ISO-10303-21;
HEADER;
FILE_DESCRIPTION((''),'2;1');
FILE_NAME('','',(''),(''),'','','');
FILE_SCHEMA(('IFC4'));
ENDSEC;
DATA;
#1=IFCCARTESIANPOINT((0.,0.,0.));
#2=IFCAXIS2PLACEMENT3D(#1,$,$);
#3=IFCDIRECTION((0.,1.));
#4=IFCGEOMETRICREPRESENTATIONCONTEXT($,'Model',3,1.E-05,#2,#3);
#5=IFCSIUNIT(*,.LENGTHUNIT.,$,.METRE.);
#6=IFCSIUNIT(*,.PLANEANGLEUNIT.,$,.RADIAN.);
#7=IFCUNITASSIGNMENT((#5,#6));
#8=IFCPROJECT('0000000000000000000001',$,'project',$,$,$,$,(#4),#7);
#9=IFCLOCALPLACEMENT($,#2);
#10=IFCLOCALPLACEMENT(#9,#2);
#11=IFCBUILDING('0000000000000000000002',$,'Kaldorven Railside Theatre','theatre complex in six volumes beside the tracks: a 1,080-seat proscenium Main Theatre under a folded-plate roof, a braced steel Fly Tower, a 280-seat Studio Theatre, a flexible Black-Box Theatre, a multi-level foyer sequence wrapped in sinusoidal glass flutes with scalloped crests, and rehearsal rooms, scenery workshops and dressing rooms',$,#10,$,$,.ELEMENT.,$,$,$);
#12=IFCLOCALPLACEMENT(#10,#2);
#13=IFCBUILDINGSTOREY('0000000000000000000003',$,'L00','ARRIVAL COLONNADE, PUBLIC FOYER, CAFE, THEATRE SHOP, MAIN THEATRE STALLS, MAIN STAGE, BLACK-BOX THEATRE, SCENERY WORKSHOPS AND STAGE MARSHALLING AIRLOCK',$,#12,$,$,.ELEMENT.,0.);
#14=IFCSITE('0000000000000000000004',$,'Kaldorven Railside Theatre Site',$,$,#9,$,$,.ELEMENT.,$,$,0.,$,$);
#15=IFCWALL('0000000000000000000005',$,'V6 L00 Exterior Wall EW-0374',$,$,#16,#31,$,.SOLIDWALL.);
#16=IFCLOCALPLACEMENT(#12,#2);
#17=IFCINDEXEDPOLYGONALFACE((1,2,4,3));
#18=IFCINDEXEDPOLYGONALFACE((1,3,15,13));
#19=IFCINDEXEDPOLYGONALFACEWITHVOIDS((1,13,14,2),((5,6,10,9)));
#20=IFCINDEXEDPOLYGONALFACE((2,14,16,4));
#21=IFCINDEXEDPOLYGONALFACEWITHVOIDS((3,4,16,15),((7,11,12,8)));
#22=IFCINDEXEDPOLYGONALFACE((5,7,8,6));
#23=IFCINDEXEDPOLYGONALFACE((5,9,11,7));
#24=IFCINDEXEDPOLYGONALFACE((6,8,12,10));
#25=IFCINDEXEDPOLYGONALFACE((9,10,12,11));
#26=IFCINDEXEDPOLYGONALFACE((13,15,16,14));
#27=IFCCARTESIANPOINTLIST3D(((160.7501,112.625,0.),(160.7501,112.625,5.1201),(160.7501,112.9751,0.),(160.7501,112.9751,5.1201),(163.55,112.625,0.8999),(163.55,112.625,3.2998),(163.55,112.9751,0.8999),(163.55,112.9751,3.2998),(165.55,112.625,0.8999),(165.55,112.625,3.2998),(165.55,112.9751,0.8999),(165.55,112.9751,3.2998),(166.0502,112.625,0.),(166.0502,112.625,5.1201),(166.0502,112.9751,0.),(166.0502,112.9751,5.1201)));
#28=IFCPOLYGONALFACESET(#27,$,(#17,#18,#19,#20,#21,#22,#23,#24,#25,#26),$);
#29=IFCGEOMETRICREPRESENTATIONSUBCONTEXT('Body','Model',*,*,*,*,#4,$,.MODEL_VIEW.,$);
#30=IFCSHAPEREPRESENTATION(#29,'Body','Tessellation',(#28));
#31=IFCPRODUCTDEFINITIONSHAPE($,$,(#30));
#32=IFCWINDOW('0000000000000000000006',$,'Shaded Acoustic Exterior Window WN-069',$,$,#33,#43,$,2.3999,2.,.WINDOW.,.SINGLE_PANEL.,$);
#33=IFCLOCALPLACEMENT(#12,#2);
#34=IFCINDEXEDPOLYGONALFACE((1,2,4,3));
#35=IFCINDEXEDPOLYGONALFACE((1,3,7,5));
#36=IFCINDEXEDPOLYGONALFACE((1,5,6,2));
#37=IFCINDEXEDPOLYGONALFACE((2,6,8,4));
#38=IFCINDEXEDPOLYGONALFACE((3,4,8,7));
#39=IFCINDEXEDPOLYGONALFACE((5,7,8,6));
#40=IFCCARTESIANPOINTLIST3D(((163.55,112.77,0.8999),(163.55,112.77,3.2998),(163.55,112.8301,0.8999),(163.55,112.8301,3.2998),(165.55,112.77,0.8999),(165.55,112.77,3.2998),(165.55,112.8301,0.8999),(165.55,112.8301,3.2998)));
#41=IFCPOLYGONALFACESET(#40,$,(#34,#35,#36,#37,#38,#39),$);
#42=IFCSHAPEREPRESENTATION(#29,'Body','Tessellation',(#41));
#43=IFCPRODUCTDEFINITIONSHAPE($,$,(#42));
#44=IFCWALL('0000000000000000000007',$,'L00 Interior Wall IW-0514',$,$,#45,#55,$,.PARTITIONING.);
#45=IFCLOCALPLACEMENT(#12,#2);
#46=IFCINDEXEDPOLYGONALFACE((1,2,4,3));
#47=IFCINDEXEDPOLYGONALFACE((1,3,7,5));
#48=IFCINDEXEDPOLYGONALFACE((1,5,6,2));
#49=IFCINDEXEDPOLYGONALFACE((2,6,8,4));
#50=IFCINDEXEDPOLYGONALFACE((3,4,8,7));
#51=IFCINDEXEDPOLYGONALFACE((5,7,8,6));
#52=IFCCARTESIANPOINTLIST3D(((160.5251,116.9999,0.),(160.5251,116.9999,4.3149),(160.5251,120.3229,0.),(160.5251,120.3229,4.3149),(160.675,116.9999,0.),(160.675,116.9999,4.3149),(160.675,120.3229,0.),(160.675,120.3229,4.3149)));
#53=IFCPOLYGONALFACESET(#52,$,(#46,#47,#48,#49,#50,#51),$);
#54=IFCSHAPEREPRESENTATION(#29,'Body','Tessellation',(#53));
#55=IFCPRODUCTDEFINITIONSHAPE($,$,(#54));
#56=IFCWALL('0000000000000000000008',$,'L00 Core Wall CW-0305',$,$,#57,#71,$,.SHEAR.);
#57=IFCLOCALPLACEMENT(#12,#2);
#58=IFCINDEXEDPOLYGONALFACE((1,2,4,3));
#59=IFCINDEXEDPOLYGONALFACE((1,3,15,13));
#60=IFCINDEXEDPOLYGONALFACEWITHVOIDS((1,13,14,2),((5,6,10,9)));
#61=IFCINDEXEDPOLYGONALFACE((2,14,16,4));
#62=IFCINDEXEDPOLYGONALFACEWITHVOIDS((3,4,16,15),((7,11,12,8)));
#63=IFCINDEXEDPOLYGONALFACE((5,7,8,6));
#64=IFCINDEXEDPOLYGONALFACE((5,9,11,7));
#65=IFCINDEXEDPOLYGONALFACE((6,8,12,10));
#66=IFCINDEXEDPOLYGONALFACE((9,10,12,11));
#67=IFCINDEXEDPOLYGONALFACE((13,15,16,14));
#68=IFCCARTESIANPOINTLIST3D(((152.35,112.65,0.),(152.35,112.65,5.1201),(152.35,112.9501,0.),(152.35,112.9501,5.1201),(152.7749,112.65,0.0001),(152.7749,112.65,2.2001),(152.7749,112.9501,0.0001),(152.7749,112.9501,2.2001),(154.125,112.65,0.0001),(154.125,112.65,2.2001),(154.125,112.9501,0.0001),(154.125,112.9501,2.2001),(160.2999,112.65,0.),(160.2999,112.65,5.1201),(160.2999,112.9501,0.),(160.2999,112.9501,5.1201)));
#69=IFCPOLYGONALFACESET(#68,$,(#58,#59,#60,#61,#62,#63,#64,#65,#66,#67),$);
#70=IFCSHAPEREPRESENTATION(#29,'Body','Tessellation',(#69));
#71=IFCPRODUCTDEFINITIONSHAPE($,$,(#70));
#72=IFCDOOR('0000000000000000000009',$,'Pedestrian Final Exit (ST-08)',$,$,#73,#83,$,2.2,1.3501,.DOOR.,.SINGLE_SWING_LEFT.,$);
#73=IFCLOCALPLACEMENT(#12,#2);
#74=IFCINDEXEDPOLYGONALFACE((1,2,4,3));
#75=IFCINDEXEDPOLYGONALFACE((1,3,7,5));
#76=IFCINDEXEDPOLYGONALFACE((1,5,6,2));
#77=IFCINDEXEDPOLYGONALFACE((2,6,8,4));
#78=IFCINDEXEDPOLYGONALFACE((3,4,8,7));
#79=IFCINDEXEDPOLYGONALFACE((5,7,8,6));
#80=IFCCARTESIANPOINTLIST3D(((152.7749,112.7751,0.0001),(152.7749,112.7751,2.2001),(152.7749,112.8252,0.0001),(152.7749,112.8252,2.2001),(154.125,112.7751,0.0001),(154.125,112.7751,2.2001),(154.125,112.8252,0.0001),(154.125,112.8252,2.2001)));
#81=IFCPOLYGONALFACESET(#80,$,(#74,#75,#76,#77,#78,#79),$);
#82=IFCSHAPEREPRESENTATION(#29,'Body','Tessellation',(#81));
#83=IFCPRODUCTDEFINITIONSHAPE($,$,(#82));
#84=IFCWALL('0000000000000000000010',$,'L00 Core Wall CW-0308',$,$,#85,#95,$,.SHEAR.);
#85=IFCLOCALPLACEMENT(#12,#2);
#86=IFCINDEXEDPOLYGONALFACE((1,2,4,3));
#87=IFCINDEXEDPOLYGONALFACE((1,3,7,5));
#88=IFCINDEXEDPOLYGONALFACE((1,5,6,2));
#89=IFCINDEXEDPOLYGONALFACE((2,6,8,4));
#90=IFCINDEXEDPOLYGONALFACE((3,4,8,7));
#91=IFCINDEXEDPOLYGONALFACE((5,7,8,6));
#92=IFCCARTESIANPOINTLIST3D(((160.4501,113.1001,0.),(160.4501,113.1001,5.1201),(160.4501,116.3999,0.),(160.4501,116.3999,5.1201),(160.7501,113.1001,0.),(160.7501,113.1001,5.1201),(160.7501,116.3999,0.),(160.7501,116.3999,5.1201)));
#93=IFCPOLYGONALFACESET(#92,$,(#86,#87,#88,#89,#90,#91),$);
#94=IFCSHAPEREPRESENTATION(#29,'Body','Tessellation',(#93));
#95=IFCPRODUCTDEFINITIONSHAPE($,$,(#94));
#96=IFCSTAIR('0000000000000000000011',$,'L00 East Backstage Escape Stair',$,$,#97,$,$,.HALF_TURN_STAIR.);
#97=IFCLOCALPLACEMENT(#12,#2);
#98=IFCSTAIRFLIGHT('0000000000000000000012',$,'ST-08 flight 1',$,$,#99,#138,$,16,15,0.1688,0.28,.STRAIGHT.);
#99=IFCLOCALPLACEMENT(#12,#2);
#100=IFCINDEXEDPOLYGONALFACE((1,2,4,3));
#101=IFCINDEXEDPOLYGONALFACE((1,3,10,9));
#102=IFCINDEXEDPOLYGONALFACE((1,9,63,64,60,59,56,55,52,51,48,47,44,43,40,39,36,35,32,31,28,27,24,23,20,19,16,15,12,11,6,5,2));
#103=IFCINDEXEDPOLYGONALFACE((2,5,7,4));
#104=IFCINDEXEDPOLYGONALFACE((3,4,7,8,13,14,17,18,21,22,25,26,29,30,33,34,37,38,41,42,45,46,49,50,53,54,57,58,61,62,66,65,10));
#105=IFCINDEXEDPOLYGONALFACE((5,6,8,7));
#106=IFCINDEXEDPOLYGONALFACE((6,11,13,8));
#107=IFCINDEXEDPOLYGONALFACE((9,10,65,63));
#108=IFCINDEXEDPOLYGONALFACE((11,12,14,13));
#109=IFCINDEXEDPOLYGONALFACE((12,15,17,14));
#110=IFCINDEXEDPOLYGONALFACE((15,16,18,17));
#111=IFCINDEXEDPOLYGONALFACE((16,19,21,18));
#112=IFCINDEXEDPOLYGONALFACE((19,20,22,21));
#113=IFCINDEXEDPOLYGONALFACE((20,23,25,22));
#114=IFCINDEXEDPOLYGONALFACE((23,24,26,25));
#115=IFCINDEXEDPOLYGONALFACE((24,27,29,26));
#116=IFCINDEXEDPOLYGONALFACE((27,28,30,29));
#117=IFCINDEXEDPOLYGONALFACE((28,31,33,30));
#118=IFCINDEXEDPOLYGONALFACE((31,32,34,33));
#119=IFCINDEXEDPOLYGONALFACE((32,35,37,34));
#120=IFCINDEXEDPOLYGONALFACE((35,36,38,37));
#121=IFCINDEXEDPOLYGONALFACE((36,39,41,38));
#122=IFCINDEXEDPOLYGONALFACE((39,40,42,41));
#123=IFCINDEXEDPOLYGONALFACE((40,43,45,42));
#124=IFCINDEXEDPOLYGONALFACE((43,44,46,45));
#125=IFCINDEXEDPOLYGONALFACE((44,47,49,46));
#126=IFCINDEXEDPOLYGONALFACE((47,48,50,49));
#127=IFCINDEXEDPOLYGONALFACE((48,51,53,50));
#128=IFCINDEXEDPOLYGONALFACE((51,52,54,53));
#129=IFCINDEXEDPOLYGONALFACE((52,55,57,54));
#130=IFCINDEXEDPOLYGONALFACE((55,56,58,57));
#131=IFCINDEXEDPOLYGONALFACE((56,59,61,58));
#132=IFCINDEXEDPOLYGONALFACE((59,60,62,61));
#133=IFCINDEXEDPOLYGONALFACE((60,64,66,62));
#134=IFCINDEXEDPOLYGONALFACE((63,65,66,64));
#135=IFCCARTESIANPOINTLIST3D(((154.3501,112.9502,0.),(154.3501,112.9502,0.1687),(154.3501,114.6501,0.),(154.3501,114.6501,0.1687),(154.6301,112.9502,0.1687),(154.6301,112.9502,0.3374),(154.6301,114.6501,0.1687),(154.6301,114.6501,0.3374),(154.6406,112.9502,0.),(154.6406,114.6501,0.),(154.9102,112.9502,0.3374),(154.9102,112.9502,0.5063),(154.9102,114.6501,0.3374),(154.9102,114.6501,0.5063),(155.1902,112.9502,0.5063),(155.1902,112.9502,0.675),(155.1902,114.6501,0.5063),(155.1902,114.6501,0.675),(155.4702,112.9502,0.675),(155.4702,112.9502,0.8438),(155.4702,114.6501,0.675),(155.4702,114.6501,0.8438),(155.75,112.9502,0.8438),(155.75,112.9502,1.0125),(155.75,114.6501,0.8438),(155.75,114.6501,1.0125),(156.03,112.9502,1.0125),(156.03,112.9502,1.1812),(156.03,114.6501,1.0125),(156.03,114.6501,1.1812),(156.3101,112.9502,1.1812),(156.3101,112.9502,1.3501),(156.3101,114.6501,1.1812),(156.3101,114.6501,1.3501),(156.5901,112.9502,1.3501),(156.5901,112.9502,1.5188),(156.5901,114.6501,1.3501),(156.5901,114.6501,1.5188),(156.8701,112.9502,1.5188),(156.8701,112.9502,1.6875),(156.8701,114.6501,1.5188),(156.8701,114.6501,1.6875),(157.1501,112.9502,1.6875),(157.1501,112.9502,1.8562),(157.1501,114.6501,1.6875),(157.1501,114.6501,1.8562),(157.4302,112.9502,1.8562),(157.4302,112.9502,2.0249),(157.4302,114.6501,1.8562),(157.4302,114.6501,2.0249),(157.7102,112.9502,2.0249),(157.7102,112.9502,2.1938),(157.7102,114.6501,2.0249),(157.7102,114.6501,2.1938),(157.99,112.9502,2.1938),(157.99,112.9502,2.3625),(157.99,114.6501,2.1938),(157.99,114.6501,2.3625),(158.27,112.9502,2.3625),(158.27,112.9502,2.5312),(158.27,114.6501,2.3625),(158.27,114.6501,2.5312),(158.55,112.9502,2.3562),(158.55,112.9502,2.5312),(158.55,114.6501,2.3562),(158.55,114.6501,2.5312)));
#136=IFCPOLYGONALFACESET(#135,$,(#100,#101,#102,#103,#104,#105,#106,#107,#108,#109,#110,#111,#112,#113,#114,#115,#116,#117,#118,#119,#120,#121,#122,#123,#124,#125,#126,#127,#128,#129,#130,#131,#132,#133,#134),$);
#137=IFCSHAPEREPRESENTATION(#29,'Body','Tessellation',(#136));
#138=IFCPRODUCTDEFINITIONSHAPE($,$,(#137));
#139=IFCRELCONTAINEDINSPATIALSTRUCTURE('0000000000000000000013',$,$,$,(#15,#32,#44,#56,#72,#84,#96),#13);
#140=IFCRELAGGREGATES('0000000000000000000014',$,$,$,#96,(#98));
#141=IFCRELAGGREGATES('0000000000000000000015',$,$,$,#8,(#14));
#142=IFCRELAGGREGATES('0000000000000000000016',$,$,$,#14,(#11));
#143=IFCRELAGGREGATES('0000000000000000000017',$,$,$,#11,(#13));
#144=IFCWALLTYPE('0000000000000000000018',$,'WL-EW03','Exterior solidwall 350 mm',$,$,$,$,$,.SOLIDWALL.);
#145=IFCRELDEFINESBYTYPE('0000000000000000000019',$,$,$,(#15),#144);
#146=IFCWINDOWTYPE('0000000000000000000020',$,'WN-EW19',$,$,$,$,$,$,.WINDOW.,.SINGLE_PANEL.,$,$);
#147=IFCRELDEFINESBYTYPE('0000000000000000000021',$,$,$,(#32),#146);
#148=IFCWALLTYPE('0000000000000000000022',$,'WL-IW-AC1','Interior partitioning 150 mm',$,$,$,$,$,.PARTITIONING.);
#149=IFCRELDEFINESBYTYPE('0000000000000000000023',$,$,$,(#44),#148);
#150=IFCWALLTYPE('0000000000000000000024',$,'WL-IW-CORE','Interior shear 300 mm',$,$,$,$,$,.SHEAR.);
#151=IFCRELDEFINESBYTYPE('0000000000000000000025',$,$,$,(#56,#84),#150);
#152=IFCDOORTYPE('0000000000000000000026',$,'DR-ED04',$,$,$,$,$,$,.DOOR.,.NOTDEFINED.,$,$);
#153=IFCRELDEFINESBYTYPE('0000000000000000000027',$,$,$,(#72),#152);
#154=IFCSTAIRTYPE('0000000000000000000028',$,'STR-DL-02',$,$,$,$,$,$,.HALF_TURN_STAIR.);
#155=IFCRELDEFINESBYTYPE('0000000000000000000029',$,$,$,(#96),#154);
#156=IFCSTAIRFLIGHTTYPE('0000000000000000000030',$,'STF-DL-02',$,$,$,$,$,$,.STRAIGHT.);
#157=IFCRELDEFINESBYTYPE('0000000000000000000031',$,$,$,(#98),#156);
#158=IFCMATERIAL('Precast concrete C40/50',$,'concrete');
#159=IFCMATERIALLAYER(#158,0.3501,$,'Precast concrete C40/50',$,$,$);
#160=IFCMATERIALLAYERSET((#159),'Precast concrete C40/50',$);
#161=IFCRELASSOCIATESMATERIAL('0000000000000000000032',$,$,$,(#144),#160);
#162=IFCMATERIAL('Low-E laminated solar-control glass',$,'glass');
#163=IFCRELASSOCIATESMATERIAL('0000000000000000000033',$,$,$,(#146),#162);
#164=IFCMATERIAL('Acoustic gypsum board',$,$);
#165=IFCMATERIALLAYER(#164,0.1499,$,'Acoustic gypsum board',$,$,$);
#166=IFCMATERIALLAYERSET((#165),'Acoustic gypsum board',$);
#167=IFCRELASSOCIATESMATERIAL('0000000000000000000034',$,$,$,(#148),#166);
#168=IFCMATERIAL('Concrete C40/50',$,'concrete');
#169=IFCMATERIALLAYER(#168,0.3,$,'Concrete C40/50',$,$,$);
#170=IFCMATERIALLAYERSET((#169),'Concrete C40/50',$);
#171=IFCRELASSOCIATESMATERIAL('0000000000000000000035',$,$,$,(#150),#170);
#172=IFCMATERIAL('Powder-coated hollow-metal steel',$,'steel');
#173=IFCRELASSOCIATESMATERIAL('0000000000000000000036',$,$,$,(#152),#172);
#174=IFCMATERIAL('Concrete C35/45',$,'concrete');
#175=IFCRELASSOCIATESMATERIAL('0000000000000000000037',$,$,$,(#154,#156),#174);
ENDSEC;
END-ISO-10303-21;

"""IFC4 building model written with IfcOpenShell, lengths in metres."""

from ifc_helpers import new_model, si_unit, direction, frame, frame_2d, origin, place, context, subcontext, project, spatial, polyline, rectangle, outline, extrude, material, layer, layer_set, type_object, element, fill, aggregate, save


model = new_model("IFC4")

# Units and contexts
model_context = context("Model", 3, precision=1e-05, world=origin(), true_north=direction((0.0, 1.0)))
body_context = subcontext(model_context, "Body", "Model", "MODEL_VIEW")
ifc_project = project(units=[si_unit("LENGTHUNIT", "METRE"), si_unit("PLANEANGLEUNIT", "RADIAN")], contexts=[model_context])

# Site, building, storey
site_placement = place(None, origin())
site = spatial("IfcSite", under=ifc_project, at=site_placement, Name="Kaldorven Railside Theatre Site", CompositionType="ELEMENT", RefElevation=0.0)
building_placement = place(site_placement, origin())
building = spatial("IfcBuilding", under=site, at=building_placement, Name="Kaldorven Railside Theatre", Description="theatre complex in six volumes beside the tracks: a 1,080-seat proscenium Main Theatre under a folded-plate roof, a braced steel Fly Tower, a 280-seat Studio Theatre, a flexible Black-Box Theatre, a multi-level foyer sequence wrapped in sinusoidal glass flutes with scalloped crests, and rehearsal rooms, scenery workshops and dressing rooms", CompositionType="ELEMENT")
storey_placement = place(building_placement, origin())
storey = spatial("IfcBuildingStorey", under=building, at=storey_placement, Name="L00", Description="ARRIVAL COLONNADE, PUBLIC FOYER, CAFE, THEATRE SHOP, MAIN THEATRE STALLS, MAIN STAGE, BLACK-BOX THEATRE, SCENERY WORKSHOPS AND STAGE MARSHALLING AIRLOCK", CompositionType="ELEMENT", Elevation=0.0)

# Shared definitions
ifc_material_1 = material(Name="Concrete C40/50", Category="concrete")

# Wall, opening, window
ifc_material_2 = material(Name="Precast concrete C40/50", Category="concrete")
ifc_layer_1 = layer(ifc_material_2, 0.3501, Name="Precast concrete C40/50")
ifc_layer_set_1 = layer_set([ifc_layer_1], Name="Precast concrete C40/50")
wall_type_1 = type_object("IfcWallType", Name="WL-EW03", Description="Exterior solidwall 350 mm", PredefinedType="SOLIDWALL", material=ifc_layer_set_1)
wall_1_placement = place(storey_placement, frame((166.05, 112.8, 0.0), z_axis=(0.0, 0.0, 1.0), x_axis=(-1.0, 0.0, 0.0)))
wall_1 = element("IfcWall", 1, at=wall_1_placement, inside=storey, type_object=wall_type_1, Name="V6 L00 Exterior Wall EW-0374", PredefinedType="SOLIDWALL", context=body_context, shape_type="SweptSolid", body=[
    extrude(rectangle(XDim=5.3, YDim=0.3501, at=frame_2d((2.6499, 0.0))), origin(), (0.0, 0.0, 1.0), 5.1201),
])
opening_1_placement = place(wall_1_placement, frame((0.5, 0.0, 0.8999)))
opening_1 = element("IfcOpeningElement", 2, at=opening_1_placement, cuts=wall_1, PredefinedType="OPENING", context=body_context, shape_type="SweptSolid", body=[
    extrude(rectangle(XDim=2.0, YDim=2.3999, at=frame_2d((1.0, 1.2))), frame((0.0, 0.1851, 0.0), z_axis=(0.0, -1.0, 0.0), x_axis=(1.0, 0.0, 0.0)), (0.0, 0.0, 1.0), 0.3701),
])
ifc_material_3 = material(Name="Low-E laminated solar-control glass", Category="glass")
window_type = type_object("IfcWindowType", Name="WN-EW19", PartitioningType="SINGLE_PANEL", PredefinedType="WINDOW", material=ifc_material_3)
window_placement = place(opening_1_placement, origin())
window = element("IfcWindow", 3, at=window_placement, inside=storey, type_object=window_type, Name="Shaded Acoustic Exterior Window WN-069", OverallHeight=2.3999, OverallWidth=2.0, PartitioningType="SINGLE_PANEL", PredefinedType="WINDOW", context=body_context, shape_type="SweptSolid", body=[
    extrude(rectangle(XDim=2.0, YDim=2.3999, at=frame_2d((1.0, 1.2))), frame((0.0, 0.03, 0.0), z_axis=(0.0, -1.0, 0.0), x_axis=(1.0, 0.0, 0.0)), (0.0, 0.0, 1.0), 0.0601),
])
fill(opening_1, window)

# Wall
ifc_material_4 = material(Name="Acoustic gypsum board")
ifc_layer_2 = layer(ifc_material_4, 0.1499, Name="Acoustic gypsum board")
ifc_layer_set_2 = layer_set([ifc_layer_2], Name="Acoustic gypsum board")
wall_type_2 = type_object("IfcWallType", Name="WL-IW-AC1", Description="Interior partitioning 150 mm", PredefinedType="PARTITIONING", material=ifc_layer_set_2)
wall_2_placement = place(storey_placement, frame((160.6001, 120.323, 0.0), z_axis=(0.0, 0.0, 1.0), x_axis=(0.0, -1.0, 0.0)))
element("IfcWall", 4, at=wall_2_placement, inside=storey, type_object=wall_type_2, Name="L00 Interior Wall IW-0514", PredefinedType="PARTITIONING", context=body_context, shape_type="SweptSolid", body=[
    extrude(rectangle(XDim=3.323, YDim=0.1499, at=frame_2d((1.6616, 0.0))), origin(), (0.0, 0.0, 1.0), 4.3149),
])

# Wall, opening, door
ifc_layer_3 = layer(ifc_material_1, 0.3, Name="Concrete C40/50")
ifc_layer_set_3 = layer_set([ifc_layer_3], Name="Concrete C40/50")
wall_type_3 = type_object("IfcWallType", Name="WL-IW-CORE", Description="Interior shear 300 mm", PredefinedType="SHEAR", material=ifc_layer_set_3)
wall_3_placement = place(storey_placement, frame((160.3, 112.8, 0.0), z_axis=(0.0, 0.0, 1.0), x_axis=(-1.0, 0.0, 0.0)))
wall_3 = element("IfcWall", 5, at=wall_3_placement, inside=storey, type_object=wall_type_3, Name="L00 Core Wall CW-0305", PredefinedType="SHEAR", context=body_context, shape_type="SweptSolid", body=[
    extrude(rectangle(XDim=7.95, YDim=0.3, at=frame_2d((3.9751, 0.0))), origin(), (0.0, 0.0, 1.0), 5.1201),
])
opening_2_placement = place(wall_3_placement, frame((6.175, 0.0, 0.0)))
opening_2 = element("IfcOpeningElement", 6, at=opening_2_placement, cuts=wall_3, PredefinedType="OPENING", context=body_context, shape_type="SweptSolid", body=[
    extrude(rectangle(XDim=1.3501, YDim=2.2, at=frame_2d((0.675, 1.1001))), frame((0.0, 0.1602, 0.0), z_axis=(0.0, -1.0, 0.0), x_axis=(1.0, 0.0, 0.0)), (0.0, 0.0, 1.0), 0.3201),
])
ifc_material_5 = material(Name="Powder-coated hollow-metal steel", Category="steel")
door_type = type_object("IfcDoorType", Name="DR-ED04", OperationType="NOTDEFINED", PredefinedType="DOOR", material=ifc_material_5)
door_placement = place(opening_2_placement, origin())
door = element("IfcDoor", 7, at=door_placement, inside=storey, type_object=door_type, Name="Pedestrian Final Exit (ST-08)", OperationType="SINGLE_SWING_LEFT", OverallHeight=2.2, OverallWidth=1.3501, PredefinedType="DOOR", context=body_context, shape_type="SweptSolid", body=[
    extrude(rectangle(XDim=1.3501, YDim=2.2, at=frame_2d((0.675, 1.1001))), frame((0.0, 0.0249, 0.0), z_axis=(0.0, -1.0, 0.0), x_axis=(1.0, 0.0, 0.0)), (0.0, 0.0, 1.0), 0.05),
])
fill(opening_2, door)

# Wall
wall_4_placement = place(storey_placement, frame((160.6001, 116.3999, 0.0), z_axis=(0.0, 0.0, 1.0), x_axis=(0.0, -1.0, 0.0)))
element("IfcWall", 8, at=wall_4_placement, inside=storey, type_object=wall_type_3, Name="L00 Core Wall CW-0308", PredefinedType="SHEAR", context=body_context, shape_type="SweptSolid", body=[
    extrude(rectangle(XDim=3.2998, YDim=0.3, at=frame_2d((1.6499, 0.0))), origin(), (0.0, 0.0, 1.0), 5.1201),
])

# Stair, stair flight
ifc_material_6 = material(Name="Concrete C35/45", Category="concrete")
stair_type = type_object("IfcStairType", Name="STR-DL-02", PredefinedType="HALF_TURN_STAIR", material=ifc_material_6)
stair_placement = place(storey_placement, origin())
stair = element("IfcStair", 9, at=stair_placement, inside=storey, type_object=stair_type, Name="L00 East Backstage Escape Stair", PredefinedType="HALF_TURN_STAIR")
stair_flight_type = type_object("IfcStairFlightType", Name="STF-DL-02", PredefinedType="STRAIGHT", material=ifc_material_6)
stair_flight_1_placement = place(storey_placement, frame((154.3501, 113.8, 0.0), z_axis=(0.0, 0.0, 1.0), x_axis=(1.0, 0.0, 0.0)))
stair_flight_1 = element("IfcStairFlight", 10, at=stair_flight_1_placement, type_object=stair_flight_type, Name="ST-08 flight 1", NumberOfRisers=16, NumberOfTreads=15, PredefinedType="STRAIGHT", RiserHeight=0.1688, TreadLength=0.28, context=body_context, shape_type="SweptSolid", body=[
    extrude(outline(polyline([(0.0, 0.0), (0.0, 0.1687), (0.28, 0.1687), (0.28, 0.3374), (0.5601, 0.3374), (0.5601, 0.5063), (0.8401, 0.5063), (0.8401, 0.675), (1.1201, 0.675), (1.1201, 0.8438), (1.3999, 0.8438), (1.3999, 1.0125), (1.6799, 1.0125), (1.6799, 1.1812), (1.96, 1.1812), (1.96, 1.3501), (2.24, 1.3501), (2.24, 1.5188), (2.52, 1.5188), (2.52, 1.6875), (2.8, 1.6875), (2.8, 1.8562), (3.0801, 1.8562), (3.0801, 2.0249), (3.3601, 2.0249), (3.3601, 2.1938), (3.6399, 2.1938), (3.6399, 2.3625), (3.9199, 2.3625), (3.9199, 2.5312), (4.2, 2.5312), (4.2, 2.7), (4.2, 2.3562), (0.2905, 0.0), (0.0, 0.0)])), frame((0.0, 0.8501, 0.0), z_axis=(0.0, -1.0, 0.0), x_axis=(1.0, 0.0, 0.0)), (0.0, 0.0, 1.0), 1.7),
])
aggregate(stair, [stair_flight_1])

save(model, "model.ifc")
